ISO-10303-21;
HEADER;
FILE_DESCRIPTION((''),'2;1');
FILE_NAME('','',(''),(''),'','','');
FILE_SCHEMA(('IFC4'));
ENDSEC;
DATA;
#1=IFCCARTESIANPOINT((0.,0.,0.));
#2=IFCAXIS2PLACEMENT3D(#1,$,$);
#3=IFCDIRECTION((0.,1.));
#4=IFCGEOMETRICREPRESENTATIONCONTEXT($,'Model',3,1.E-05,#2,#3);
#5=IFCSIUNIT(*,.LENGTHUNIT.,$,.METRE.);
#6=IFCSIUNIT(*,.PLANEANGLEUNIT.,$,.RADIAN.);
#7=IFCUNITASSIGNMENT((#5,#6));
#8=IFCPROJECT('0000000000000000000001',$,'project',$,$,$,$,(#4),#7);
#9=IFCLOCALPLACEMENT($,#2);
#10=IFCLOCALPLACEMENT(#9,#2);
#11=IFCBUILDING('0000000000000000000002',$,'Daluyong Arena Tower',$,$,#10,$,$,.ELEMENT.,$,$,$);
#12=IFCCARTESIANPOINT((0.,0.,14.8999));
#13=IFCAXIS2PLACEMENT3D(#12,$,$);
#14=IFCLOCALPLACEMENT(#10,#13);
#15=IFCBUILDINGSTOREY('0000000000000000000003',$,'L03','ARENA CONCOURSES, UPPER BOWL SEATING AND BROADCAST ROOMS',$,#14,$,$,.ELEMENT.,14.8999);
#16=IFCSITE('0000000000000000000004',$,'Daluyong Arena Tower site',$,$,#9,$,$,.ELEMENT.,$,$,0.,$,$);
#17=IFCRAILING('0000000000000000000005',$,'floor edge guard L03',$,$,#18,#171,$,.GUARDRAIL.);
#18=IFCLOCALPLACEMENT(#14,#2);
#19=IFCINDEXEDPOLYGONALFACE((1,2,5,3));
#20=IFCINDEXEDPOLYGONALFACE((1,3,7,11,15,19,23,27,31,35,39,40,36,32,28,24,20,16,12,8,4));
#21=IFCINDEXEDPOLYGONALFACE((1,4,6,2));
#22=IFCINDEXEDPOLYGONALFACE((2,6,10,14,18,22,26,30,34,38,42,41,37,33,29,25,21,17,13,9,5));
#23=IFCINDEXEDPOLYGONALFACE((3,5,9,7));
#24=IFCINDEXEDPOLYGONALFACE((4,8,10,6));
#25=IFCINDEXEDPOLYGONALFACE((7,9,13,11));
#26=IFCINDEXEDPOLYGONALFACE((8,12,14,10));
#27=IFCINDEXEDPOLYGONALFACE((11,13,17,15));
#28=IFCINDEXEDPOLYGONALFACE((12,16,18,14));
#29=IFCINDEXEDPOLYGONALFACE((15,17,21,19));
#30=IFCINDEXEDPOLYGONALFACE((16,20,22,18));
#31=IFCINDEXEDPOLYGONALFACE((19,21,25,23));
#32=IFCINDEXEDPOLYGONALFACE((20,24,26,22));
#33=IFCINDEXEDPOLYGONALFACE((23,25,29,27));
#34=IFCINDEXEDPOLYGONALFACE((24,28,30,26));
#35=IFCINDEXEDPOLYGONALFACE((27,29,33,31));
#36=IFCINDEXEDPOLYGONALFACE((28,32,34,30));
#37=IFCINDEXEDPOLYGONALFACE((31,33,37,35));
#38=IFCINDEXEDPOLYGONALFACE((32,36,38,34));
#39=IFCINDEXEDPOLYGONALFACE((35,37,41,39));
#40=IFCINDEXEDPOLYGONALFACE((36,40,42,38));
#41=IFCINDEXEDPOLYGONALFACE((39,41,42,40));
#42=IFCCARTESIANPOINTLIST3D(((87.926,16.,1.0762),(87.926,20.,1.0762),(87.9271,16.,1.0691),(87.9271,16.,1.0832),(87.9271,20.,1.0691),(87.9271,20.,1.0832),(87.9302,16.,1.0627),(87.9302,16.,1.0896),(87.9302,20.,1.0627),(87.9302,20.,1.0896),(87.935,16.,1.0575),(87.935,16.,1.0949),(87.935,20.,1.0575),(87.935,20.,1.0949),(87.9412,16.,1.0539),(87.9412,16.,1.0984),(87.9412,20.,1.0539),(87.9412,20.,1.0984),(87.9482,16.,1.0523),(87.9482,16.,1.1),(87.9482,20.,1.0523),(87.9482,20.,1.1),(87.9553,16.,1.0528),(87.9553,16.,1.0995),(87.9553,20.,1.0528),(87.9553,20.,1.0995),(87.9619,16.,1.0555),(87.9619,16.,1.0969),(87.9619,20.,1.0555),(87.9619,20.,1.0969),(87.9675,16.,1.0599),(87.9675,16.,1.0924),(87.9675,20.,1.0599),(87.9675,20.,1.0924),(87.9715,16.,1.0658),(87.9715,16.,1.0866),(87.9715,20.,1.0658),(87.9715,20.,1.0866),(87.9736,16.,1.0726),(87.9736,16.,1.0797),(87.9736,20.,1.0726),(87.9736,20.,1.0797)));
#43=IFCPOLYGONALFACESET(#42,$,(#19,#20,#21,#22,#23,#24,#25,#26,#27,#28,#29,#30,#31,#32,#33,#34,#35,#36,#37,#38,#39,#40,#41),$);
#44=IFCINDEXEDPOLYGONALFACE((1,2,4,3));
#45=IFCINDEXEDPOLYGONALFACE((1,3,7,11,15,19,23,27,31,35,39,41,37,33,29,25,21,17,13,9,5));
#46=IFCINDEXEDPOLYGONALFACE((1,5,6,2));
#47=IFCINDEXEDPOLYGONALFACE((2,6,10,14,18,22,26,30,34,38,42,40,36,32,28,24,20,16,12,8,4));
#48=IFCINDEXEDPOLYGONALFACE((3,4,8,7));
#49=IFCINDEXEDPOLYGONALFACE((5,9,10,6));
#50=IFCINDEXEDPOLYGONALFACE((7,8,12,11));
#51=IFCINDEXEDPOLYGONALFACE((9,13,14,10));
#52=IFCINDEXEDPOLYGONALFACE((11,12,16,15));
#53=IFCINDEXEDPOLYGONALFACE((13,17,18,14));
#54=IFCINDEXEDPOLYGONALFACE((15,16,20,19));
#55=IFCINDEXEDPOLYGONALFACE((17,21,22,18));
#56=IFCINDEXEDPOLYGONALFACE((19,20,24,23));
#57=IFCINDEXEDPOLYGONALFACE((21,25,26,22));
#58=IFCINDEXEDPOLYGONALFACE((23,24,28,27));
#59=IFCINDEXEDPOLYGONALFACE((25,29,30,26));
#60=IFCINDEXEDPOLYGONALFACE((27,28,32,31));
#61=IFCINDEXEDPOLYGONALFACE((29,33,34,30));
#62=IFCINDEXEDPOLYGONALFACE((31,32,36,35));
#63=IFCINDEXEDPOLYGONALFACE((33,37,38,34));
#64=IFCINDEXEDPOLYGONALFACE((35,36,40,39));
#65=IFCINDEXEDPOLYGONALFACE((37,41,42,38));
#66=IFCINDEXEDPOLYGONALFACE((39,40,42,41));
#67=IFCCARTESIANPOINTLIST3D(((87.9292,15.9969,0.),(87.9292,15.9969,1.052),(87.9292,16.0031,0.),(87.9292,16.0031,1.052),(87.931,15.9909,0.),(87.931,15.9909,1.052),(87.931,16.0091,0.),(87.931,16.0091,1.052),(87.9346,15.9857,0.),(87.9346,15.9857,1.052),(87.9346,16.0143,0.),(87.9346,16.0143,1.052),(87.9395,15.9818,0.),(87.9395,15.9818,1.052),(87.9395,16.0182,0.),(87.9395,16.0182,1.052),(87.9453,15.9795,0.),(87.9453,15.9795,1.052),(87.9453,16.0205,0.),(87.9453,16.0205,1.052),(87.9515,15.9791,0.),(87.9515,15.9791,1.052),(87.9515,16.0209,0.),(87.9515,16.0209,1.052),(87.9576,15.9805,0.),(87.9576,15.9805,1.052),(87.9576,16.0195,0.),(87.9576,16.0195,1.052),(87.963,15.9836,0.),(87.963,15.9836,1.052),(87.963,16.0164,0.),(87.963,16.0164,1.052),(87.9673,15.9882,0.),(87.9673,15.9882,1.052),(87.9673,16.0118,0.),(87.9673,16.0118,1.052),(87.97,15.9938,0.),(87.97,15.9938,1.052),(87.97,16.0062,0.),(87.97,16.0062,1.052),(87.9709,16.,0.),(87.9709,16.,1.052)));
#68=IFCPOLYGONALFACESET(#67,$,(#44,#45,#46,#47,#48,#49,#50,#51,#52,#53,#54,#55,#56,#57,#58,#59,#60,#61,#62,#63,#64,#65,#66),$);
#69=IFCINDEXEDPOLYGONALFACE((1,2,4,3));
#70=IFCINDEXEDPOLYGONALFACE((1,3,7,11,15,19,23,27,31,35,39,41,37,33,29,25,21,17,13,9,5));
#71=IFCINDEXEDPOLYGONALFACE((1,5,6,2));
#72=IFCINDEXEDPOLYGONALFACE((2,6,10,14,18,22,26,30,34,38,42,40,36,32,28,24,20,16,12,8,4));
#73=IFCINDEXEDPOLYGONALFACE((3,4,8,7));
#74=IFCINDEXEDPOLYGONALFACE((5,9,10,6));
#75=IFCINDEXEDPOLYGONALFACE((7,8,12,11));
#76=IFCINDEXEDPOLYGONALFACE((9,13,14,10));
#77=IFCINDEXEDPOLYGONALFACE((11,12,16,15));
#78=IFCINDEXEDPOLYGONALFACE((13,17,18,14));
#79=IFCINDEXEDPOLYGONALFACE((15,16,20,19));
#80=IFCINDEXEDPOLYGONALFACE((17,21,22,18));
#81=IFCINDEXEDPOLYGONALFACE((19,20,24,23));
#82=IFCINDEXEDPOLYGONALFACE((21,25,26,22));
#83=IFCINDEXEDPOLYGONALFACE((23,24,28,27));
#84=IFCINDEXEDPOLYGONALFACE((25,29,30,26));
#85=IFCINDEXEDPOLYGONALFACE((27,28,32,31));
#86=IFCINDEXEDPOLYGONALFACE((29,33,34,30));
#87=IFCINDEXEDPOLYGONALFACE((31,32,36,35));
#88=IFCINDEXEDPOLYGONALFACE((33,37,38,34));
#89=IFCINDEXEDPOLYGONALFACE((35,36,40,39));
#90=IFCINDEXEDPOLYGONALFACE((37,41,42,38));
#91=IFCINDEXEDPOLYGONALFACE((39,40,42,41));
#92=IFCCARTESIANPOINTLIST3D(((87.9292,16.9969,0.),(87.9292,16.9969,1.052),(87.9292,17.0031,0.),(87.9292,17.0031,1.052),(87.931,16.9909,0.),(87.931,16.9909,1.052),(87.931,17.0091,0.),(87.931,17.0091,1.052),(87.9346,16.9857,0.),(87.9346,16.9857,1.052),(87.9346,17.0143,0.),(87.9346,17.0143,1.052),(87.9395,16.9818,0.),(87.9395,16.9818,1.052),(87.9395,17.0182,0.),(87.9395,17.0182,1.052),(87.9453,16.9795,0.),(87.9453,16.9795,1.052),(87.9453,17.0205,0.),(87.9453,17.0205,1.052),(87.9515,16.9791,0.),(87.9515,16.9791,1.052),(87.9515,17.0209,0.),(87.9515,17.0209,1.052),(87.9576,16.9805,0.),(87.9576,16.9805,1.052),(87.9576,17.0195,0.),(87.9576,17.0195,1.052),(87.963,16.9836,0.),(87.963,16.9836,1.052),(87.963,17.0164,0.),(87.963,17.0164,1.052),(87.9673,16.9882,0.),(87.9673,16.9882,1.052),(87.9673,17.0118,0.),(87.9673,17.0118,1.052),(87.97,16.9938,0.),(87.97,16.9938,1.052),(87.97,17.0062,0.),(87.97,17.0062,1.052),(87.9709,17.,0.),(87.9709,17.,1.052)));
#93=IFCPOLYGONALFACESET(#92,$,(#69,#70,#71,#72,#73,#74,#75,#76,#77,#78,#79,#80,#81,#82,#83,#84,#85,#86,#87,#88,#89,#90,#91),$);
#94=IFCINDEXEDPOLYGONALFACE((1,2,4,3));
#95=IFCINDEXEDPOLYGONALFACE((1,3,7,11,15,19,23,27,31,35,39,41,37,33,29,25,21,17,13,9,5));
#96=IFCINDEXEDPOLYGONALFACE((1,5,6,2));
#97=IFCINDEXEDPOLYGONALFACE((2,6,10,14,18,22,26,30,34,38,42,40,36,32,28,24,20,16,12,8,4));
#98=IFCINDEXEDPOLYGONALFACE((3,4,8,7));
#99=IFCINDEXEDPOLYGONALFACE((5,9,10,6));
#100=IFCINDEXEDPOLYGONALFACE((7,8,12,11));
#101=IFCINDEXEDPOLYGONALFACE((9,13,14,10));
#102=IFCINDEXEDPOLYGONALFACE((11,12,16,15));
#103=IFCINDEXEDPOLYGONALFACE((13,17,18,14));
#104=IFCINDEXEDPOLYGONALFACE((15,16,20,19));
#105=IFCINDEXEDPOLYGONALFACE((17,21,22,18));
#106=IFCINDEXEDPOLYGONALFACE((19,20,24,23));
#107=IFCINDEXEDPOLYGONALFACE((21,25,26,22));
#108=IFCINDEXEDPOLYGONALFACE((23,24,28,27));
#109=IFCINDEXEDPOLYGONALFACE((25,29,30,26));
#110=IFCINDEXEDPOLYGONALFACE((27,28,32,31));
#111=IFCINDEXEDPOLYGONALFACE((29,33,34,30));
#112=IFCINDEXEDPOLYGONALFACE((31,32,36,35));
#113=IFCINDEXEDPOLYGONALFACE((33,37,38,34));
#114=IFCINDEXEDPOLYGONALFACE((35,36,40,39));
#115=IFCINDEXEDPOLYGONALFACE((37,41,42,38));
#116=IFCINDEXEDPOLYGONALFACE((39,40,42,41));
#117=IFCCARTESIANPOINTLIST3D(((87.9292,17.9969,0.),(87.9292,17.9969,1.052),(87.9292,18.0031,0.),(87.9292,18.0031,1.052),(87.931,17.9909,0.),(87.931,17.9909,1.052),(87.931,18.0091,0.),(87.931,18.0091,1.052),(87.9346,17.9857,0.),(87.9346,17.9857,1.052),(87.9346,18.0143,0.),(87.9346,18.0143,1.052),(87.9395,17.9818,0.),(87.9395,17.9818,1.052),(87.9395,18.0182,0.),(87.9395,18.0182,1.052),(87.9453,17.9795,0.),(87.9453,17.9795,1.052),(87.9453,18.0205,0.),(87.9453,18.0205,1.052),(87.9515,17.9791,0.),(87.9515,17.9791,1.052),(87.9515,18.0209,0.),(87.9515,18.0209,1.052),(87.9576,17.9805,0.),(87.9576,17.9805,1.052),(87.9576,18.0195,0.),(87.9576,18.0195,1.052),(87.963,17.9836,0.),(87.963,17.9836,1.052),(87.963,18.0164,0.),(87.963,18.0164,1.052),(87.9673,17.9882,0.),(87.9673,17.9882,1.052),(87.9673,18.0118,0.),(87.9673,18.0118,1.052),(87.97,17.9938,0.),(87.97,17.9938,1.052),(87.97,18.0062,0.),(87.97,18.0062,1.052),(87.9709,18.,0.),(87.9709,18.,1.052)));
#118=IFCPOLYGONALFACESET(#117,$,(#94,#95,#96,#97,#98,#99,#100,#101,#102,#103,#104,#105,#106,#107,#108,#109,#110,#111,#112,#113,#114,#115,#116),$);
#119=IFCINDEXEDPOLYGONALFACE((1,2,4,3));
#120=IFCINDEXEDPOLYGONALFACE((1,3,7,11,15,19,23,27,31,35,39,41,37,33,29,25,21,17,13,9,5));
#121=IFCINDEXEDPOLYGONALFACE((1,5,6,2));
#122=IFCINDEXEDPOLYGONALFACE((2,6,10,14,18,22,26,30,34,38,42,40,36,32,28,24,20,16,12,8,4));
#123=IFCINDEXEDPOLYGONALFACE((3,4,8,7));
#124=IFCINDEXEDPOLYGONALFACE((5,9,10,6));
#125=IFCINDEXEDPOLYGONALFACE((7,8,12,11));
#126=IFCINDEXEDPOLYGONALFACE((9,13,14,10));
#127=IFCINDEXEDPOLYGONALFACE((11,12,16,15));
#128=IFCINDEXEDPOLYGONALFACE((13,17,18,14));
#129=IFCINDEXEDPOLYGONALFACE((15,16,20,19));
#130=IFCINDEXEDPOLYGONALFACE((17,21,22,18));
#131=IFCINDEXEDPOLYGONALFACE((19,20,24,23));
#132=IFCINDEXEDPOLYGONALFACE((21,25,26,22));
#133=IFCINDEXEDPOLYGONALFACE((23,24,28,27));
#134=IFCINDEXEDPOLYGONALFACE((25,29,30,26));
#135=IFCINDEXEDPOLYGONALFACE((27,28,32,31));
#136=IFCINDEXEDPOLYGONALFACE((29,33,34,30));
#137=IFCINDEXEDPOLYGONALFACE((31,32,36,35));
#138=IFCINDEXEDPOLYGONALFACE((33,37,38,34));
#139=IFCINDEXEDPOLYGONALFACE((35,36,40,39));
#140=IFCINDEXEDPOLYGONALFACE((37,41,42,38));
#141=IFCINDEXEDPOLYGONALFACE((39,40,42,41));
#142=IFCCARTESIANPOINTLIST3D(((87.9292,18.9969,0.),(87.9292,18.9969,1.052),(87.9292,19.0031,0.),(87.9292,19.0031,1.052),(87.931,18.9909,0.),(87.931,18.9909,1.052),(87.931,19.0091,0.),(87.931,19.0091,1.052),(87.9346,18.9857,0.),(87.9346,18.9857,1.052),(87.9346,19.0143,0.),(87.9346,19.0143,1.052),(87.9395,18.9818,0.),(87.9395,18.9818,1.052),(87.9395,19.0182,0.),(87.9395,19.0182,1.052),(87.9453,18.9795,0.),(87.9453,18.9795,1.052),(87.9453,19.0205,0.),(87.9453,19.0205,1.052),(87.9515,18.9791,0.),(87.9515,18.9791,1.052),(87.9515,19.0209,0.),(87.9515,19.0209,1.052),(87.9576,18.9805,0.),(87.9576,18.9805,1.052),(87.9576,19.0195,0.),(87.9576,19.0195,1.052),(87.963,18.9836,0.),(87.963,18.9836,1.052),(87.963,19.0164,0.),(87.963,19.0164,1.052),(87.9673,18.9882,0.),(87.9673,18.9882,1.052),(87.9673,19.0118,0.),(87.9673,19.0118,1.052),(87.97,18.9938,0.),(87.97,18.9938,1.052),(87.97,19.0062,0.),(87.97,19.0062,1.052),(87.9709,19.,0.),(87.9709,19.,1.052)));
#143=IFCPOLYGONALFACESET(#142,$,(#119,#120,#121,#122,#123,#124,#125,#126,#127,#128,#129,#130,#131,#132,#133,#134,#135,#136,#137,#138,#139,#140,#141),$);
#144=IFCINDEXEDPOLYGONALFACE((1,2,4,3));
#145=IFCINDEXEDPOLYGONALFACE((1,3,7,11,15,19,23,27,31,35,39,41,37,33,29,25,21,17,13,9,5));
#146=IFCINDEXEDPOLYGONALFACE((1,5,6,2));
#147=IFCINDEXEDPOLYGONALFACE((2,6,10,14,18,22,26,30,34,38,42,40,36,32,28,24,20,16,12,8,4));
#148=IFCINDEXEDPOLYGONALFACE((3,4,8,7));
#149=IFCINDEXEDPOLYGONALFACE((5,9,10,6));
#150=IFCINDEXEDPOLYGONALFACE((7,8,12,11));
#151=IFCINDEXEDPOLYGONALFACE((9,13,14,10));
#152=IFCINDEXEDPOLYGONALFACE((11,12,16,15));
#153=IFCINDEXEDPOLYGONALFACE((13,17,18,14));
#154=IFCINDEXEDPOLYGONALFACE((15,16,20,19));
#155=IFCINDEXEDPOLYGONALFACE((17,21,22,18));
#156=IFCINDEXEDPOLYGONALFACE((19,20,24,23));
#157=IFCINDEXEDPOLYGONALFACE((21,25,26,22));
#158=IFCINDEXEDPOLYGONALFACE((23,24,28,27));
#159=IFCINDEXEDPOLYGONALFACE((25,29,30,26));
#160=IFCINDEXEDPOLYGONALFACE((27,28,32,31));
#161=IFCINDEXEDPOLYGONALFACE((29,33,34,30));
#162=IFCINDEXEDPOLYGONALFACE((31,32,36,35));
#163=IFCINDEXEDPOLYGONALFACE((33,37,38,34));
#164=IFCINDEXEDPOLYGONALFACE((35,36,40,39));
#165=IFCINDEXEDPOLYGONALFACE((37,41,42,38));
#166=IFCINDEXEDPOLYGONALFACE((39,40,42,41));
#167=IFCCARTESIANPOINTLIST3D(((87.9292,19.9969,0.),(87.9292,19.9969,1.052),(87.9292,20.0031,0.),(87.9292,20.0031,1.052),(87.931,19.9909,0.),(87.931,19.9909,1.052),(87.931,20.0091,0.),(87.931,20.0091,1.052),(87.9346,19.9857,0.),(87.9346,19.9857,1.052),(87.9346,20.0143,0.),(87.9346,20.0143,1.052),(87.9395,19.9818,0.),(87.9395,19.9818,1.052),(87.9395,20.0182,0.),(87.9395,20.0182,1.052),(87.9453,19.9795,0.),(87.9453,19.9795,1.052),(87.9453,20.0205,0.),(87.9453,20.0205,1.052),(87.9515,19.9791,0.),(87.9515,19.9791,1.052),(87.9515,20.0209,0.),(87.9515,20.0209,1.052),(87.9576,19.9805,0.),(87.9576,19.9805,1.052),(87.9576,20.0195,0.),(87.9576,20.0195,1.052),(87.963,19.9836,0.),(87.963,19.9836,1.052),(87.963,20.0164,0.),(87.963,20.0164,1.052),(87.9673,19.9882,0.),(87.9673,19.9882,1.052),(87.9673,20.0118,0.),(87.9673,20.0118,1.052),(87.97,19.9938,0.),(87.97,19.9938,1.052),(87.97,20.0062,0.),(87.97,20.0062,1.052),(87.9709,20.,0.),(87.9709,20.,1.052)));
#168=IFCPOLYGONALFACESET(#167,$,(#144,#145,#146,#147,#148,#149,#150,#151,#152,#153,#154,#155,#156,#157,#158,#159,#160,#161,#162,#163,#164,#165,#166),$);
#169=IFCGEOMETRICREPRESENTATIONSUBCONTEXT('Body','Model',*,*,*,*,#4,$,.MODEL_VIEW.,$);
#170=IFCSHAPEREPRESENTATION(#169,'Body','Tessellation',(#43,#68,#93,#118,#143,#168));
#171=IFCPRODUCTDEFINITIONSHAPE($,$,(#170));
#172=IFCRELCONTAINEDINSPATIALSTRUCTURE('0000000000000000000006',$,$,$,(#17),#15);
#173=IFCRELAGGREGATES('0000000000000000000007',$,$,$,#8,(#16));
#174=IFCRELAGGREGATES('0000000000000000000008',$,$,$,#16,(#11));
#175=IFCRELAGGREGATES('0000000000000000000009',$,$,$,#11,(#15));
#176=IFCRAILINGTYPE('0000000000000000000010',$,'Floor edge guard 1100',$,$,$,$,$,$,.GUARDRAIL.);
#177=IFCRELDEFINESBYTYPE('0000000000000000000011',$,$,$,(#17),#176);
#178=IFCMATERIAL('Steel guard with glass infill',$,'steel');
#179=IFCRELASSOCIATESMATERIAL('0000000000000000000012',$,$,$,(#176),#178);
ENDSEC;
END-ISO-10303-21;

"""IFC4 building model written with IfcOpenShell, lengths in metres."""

from ifc_helpers import new_model, si_unit, direction, frame, origin, origin_2d, place, context, subcontext, project, spatial, circle, extrude, material, type_object, element, save


model = new_model("IFC4")

# Units and contexts
model_context = context("Model", 3, precision=1e-05, world=origin(), true_north=direction((0.0, 1.0)))
body_context = subcontext(model_context, "Body", "Model", "MODEL_VIEW")
ifc_project = project(units=[si_unit("LENGTHUNIT", "METRE"), si_unit("PLANEANGLEUNIT", "RADIAN")], contexts=[model_context])

# Site, building, storey
site_placement = place(None, origin())
site = spatial("IfcSite", under=ifc_project, at=site_placement, Name="Daluyong Arena Tower site", CompositionType="ELEMENT", RefElevation=0.0)
building_placement = place(site_placement, origin())
building = spatial("IfcBuilding", under=site, at=building_placement, Name="Daluyong Arena Tower", CompositionType="ELEMENT")
storey_placement = place(building_placement, frame((0.0, 0.0, 14.8999)))
storey = spatial("IfcBuildingStorey", under=building, at=storey_placement, Name="L03", Description="ARENA CONCOURSES, UPPER BOWL SEATING AND BROADCAST ROOMS", CompositionType="ELEMENT", Elevation=14.8999)

# Railing
ifc_material_1 = material(Name="Steel guard with glass infill", Category="steel")
railing_type_1 = type_object("IfcRailingType", Name="Floor edge guard 1100", PredefinedType="GUARDRAIL", material=ifc_material_1)
railing_1_placement = place(storey_placement, frame((87.95, 16.0, 0.0)))
element("IfcRailing", 1, at=railing_1_placement, inside=storey, type_object=railing_type_1, Name="floor edge guard L03", PredefinedType="GUARDRAIL", context=body_context, shape_type="SweptSolid", body=[
    extrude(circle(Radius=0.0239, at=origin_2d()), frame((0.0, 0.0, 1.0762), z_axis=(0.0, 1.0, 0.0), x_axis=(-1.0, 0.0, 0.0)), (0.0, 0.0, 1.0), 4.0),
    extrude(circle(Radius=0.021, at=origin_2d()), origin(), (0.0, 0.0, 1.0), 1.052),
    extrude(circle(Radius=0.021, at=origin_2d()), frame((0.0, 1.0, 0.0)), (0.0, 0.0, 1.0), 1.052),
    extrude(circle(Radius=0.021, at=origin_2d()), frame((0.0, 2.0, 0.0)), (0.0, 0.0, 1.0), 1.052),
    extrude(circle(Radius=0.021, at=origin_2d()), frame((0.0, 3.0, 0.0)), (0.0, 0.0, 1.0), 1.052),
    extrude(circle(Radius=0.021, at=origin_2d()), frame((0.0, 4.0, 0.0)), (0.0, 0.0, 1.0), 1.052),
])

save(model, "model.ifc")
